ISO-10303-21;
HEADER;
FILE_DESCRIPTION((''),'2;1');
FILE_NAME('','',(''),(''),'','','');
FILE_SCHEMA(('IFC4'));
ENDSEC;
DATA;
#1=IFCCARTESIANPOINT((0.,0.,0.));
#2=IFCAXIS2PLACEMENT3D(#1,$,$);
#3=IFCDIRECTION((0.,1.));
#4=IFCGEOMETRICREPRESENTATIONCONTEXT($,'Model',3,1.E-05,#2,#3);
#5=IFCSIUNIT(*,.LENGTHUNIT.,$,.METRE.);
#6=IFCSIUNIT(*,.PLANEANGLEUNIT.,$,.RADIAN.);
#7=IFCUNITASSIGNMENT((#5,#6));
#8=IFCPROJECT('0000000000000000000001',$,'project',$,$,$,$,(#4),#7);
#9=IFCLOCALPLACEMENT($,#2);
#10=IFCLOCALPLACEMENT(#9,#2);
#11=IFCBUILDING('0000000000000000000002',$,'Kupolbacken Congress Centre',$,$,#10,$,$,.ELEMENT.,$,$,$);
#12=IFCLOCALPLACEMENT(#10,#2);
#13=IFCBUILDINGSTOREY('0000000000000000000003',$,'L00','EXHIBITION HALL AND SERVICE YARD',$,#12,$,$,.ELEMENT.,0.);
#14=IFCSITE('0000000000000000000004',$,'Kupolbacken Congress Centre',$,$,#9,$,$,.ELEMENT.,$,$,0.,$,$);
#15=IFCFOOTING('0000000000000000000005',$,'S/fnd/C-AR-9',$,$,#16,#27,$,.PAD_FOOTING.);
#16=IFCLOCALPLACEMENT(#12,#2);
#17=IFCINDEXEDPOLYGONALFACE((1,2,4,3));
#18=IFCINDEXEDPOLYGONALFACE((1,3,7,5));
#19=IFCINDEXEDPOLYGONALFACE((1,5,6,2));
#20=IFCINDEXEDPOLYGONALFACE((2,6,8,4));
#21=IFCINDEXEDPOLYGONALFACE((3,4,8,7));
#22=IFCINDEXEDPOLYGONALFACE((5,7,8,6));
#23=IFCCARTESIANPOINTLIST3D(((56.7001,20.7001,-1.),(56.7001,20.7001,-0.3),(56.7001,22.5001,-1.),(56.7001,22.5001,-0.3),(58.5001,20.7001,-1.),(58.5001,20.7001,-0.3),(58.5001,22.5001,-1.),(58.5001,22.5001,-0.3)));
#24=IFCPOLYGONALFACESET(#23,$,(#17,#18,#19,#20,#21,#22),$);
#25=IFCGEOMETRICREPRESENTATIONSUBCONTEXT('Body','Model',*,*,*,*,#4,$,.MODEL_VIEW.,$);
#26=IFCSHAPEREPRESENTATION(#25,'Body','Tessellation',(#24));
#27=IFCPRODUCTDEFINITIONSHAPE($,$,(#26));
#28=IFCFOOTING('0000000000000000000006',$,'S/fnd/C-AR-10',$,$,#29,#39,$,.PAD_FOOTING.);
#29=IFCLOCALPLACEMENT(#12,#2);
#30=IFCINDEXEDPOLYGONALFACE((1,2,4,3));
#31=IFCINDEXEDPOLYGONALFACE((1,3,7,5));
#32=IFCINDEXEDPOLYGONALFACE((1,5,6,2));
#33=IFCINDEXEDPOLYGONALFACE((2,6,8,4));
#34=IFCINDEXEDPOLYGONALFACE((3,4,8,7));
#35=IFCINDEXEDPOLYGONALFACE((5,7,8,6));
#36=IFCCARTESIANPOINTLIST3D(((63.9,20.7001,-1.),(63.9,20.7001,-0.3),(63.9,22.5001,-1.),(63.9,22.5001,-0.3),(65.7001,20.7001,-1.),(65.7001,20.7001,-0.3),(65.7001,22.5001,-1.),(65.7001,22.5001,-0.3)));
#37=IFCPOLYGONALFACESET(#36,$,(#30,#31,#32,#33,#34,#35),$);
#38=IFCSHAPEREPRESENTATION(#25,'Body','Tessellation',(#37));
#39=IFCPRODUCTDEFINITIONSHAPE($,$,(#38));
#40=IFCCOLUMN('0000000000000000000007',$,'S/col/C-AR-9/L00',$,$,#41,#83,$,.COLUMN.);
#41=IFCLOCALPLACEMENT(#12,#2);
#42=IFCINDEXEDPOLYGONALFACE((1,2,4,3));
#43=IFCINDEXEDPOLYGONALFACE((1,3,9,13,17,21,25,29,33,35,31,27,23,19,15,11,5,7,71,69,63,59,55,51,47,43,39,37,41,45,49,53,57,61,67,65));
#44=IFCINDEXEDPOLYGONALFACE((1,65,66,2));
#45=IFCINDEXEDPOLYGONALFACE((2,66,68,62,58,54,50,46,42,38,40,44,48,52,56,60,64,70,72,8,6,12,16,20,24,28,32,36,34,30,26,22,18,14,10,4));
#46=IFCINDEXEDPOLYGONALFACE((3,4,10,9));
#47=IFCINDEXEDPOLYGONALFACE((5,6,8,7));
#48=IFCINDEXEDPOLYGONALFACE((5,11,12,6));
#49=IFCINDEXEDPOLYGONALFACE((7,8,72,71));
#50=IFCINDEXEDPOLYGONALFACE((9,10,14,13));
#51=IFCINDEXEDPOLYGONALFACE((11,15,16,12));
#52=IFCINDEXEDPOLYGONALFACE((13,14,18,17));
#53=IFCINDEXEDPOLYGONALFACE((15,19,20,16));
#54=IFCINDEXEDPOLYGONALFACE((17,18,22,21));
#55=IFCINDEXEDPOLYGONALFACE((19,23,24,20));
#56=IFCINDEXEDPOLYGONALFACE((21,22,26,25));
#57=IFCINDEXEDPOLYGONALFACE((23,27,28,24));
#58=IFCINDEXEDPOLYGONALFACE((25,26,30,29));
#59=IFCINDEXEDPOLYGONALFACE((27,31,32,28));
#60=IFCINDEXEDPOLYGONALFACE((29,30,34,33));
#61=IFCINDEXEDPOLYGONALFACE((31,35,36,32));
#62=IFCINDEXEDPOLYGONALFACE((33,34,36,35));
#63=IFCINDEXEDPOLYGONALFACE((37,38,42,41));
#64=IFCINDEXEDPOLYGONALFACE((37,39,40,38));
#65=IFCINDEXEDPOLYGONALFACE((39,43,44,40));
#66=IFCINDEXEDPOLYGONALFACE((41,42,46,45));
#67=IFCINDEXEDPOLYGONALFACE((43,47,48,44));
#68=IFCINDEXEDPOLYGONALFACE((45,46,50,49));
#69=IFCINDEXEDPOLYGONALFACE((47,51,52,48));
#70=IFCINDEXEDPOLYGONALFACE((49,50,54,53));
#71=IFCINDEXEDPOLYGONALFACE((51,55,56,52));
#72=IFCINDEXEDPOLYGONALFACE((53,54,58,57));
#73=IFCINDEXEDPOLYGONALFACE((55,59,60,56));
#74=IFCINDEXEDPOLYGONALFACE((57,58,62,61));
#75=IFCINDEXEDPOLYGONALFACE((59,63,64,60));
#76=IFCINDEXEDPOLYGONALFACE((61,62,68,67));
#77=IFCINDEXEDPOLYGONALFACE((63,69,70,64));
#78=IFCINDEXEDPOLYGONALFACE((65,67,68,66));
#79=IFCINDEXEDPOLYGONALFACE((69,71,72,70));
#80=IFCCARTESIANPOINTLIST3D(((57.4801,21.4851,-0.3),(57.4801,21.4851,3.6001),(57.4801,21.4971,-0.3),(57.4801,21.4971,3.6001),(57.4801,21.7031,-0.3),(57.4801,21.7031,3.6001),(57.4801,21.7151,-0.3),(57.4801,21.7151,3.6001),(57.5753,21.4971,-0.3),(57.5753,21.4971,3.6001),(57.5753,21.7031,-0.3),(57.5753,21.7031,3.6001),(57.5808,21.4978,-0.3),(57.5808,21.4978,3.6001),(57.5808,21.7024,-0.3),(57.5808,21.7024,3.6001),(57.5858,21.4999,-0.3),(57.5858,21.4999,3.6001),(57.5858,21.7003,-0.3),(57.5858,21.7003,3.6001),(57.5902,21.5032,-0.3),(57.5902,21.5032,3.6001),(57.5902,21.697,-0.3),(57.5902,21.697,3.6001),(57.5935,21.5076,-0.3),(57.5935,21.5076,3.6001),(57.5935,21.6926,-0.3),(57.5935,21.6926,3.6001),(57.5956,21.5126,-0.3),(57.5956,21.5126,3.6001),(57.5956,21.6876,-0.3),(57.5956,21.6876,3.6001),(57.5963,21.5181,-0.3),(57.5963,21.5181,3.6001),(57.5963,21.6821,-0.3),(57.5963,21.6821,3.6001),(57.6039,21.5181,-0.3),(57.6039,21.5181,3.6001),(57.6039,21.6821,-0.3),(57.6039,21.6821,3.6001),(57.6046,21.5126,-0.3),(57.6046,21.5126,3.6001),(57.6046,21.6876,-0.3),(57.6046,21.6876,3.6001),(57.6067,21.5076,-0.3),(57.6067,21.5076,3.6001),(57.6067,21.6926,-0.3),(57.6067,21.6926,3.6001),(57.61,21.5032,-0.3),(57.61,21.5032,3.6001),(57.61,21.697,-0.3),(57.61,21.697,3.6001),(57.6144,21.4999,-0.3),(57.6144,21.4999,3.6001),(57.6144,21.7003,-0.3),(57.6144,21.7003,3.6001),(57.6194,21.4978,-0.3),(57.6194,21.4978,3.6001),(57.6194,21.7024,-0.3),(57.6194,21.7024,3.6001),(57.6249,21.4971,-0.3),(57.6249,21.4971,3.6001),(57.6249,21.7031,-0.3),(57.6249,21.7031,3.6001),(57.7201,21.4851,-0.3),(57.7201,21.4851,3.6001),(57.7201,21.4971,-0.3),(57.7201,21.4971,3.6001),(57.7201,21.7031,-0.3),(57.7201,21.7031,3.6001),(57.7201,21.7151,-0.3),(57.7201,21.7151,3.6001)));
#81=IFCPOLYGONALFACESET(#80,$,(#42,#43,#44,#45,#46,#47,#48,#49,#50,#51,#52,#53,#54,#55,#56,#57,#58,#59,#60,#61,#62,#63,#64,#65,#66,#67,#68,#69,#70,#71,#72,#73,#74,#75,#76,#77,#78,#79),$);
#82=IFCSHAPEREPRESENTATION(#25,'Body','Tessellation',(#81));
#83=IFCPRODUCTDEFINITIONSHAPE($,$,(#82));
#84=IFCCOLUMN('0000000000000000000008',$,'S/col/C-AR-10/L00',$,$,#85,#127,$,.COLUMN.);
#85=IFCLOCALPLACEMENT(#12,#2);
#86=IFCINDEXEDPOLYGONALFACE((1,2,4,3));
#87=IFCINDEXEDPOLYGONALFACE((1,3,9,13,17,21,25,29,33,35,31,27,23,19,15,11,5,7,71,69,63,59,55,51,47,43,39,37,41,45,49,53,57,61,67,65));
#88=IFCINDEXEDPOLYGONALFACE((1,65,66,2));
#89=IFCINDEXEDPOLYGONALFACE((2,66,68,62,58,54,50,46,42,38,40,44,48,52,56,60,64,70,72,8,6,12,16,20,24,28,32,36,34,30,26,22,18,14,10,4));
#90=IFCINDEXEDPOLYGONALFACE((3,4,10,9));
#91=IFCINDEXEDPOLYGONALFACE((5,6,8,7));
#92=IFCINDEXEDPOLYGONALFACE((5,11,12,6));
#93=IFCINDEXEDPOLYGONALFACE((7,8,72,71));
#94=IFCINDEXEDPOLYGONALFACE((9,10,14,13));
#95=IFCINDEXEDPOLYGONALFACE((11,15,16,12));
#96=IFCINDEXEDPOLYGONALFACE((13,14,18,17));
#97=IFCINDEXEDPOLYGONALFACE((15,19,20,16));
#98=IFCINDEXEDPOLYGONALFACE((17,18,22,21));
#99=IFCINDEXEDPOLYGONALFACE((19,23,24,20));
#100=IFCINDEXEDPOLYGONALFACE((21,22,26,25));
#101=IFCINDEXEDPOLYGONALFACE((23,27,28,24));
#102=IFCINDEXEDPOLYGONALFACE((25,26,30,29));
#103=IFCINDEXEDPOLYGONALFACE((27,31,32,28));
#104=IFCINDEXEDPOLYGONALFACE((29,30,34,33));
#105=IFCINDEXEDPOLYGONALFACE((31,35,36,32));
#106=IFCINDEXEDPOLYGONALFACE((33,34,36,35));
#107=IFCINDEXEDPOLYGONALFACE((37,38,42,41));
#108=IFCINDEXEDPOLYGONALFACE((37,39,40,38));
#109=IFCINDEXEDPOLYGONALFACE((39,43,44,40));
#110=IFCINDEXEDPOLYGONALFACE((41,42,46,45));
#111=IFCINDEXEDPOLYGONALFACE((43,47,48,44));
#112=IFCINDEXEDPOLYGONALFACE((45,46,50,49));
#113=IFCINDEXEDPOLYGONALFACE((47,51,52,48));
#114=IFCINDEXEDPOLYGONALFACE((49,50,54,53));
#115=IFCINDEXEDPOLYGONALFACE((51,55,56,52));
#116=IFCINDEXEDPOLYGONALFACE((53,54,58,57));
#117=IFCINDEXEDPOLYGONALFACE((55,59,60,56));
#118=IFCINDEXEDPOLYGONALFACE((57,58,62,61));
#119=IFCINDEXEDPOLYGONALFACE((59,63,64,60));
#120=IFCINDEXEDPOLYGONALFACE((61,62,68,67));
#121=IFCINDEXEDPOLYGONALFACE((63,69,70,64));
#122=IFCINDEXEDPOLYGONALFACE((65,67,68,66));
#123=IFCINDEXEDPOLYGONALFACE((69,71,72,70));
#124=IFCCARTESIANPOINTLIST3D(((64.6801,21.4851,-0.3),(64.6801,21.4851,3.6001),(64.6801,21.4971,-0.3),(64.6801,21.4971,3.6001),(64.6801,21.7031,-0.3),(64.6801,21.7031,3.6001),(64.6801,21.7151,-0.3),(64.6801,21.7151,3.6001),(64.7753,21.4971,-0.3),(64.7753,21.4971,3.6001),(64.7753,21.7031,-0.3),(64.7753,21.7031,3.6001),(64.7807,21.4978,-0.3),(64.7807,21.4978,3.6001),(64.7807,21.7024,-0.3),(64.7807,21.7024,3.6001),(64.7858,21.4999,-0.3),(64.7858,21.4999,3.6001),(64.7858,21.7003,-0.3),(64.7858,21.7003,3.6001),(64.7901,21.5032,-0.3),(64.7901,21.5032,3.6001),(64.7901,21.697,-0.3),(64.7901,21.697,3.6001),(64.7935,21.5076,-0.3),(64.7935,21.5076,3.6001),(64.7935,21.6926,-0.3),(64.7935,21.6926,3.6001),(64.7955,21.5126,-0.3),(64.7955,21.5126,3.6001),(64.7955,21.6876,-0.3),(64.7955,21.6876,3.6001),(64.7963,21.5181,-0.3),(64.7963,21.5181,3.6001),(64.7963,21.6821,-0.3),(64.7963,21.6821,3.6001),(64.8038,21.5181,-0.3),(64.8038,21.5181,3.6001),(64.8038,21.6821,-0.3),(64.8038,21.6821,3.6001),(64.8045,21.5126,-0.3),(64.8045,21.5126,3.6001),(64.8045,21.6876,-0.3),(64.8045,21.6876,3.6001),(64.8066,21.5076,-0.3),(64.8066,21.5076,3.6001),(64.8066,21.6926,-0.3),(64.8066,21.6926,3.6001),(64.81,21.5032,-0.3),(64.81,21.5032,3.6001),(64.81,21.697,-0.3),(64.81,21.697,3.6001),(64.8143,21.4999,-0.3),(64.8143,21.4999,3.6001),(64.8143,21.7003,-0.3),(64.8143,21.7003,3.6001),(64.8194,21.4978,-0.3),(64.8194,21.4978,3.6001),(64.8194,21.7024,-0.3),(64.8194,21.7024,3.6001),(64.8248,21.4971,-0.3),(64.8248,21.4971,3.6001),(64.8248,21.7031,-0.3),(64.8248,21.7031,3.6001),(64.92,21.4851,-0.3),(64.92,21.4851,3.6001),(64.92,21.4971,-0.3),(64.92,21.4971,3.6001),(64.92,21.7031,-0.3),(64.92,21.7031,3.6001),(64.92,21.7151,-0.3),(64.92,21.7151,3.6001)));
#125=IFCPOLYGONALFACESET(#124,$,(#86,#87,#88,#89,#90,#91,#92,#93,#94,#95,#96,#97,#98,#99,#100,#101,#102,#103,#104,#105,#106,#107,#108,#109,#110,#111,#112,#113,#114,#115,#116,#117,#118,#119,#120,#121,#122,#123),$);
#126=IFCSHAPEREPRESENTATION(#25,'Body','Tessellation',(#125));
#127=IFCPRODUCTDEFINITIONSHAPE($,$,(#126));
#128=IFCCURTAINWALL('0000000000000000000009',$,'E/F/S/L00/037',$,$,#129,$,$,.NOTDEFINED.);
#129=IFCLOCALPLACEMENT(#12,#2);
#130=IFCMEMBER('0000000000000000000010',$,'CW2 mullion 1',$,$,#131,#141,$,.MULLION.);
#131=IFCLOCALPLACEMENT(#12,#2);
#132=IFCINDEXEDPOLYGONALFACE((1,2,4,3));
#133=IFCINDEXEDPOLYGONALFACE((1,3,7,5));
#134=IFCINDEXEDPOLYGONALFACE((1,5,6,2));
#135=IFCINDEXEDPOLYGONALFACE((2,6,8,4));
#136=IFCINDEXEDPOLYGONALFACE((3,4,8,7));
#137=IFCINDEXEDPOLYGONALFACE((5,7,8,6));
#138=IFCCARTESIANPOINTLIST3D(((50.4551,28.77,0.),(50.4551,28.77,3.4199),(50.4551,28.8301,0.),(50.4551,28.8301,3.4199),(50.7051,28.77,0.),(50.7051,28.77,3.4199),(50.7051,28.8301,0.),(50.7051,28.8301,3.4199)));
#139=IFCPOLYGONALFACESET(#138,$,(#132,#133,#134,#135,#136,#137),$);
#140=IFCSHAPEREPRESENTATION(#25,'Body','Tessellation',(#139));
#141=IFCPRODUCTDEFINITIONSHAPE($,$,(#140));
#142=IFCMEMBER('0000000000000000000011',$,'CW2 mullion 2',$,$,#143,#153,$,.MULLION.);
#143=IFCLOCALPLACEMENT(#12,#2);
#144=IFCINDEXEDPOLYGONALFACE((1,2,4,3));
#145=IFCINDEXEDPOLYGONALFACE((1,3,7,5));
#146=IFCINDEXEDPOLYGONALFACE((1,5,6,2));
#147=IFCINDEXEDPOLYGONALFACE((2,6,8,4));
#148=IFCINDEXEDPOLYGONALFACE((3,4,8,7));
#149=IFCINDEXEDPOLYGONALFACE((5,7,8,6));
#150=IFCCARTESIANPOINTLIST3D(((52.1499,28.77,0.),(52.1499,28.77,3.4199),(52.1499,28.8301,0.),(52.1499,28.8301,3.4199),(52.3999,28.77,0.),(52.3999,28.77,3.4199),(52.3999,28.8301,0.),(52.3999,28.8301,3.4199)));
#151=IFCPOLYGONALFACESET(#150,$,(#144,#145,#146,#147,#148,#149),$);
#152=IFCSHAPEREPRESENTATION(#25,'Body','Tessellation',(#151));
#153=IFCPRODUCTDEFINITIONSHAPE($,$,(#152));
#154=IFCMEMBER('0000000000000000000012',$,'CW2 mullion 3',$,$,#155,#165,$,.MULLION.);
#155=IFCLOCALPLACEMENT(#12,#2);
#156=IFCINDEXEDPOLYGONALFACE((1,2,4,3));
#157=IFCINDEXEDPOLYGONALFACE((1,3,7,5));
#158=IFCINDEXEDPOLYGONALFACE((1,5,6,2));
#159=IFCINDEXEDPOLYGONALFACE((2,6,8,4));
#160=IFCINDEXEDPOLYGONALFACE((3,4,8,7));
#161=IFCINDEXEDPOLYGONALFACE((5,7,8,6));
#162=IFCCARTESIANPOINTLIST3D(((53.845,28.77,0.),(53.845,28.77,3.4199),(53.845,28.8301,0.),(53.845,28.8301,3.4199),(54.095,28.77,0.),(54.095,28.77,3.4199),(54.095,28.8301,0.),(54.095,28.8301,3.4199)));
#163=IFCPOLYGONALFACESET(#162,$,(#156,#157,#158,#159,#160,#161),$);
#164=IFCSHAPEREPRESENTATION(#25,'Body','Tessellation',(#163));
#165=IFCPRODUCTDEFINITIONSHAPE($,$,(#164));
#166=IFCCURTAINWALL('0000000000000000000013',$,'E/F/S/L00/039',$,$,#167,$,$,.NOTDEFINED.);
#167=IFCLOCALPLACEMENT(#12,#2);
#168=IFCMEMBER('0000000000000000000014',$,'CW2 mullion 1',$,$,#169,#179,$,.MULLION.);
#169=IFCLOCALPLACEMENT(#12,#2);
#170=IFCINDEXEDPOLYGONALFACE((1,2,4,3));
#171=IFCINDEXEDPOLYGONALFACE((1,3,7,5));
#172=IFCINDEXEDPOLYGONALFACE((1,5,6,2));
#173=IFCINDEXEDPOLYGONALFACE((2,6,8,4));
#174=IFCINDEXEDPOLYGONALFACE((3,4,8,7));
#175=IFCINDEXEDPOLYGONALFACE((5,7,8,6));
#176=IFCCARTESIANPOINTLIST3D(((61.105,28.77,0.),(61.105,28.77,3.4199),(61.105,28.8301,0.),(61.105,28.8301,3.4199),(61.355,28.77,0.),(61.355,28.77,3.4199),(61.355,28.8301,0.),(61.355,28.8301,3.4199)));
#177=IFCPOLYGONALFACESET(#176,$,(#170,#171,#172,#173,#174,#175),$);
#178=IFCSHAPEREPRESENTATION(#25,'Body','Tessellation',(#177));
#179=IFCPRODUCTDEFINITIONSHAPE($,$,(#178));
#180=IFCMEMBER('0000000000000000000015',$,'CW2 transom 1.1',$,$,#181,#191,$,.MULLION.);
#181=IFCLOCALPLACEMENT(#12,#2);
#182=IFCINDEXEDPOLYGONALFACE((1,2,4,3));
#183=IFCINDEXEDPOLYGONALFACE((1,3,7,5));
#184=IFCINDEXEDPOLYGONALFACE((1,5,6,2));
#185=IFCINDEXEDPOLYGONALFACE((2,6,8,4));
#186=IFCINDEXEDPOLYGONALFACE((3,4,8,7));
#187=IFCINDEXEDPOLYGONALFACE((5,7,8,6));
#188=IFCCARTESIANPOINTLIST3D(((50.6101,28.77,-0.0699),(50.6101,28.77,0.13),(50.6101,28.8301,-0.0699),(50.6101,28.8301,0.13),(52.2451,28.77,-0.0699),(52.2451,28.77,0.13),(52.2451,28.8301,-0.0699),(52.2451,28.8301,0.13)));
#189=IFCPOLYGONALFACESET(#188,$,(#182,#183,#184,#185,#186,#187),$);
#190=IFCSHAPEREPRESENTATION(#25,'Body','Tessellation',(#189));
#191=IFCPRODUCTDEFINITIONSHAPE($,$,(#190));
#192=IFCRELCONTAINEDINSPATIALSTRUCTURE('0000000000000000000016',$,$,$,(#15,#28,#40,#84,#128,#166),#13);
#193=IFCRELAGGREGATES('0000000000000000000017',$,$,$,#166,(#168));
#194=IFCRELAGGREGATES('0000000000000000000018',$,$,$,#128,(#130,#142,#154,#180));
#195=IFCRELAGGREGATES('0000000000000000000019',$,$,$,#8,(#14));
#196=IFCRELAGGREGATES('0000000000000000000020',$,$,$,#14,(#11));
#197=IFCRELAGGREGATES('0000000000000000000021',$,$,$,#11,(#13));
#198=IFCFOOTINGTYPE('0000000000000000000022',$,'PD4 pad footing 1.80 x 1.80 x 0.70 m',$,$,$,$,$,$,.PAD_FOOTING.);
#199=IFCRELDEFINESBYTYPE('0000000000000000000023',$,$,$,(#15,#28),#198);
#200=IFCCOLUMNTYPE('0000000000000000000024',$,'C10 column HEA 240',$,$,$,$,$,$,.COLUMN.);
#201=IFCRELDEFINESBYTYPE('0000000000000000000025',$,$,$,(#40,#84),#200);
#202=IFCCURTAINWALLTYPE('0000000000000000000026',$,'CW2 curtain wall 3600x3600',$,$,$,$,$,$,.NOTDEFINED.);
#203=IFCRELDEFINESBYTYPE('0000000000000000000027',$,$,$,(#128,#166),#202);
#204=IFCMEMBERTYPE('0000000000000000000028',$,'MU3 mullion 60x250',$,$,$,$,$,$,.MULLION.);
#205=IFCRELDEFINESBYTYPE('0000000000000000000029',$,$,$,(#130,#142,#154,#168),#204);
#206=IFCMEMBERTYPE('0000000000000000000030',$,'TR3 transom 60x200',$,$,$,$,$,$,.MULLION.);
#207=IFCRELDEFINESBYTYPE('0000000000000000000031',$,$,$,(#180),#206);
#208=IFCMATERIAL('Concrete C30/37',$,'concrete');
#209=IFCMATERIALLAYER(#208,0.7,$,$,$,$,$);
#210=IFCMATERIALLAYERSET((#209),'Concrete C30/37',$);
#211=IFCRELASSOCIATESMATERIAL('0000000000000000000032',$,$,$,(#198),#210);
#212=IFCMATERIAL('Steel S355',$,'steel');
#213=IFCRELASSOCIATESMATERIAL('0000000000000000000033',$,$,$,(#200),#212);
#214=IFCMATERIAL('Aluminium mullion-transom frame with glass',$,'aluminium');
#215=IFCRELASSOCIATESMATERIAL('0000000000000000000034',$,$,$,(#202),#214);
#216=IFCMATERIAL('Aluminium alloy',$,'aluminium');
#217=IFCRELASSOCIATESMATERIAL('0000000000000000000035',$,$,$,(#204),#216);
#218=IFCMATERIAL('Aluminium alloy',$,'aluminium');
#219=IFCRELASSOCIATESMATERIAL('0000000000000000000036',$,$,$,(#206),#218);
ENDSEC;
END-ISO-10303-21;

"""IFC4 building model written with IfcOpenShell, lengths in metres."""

from ifc_helpers import new_model, si_unit, direction, frame, origin, origin_2d, place, context, subcontext, project, spatial, rectangle, i_section, extrude, material, layer, layer_set, material_profile, profile_set, type_object, element, aggregate, save


model = new_model("IFC4")

# Units and contexts
model_context = context("Model", 3, precision=1e-05, world=origin(), true_north=direction((0.0, 1.0)))
body_context = subcontext(model_context, "Body", "Model", "MODEL_VIEW")
ifc_project = project(units=[si_unit("LENGTHUNIT", "METRE"), si_unit("PLANEANGLEUNIT", "RADIAN")], contexts=[model_context])

# Site, building, storey
site_placement = place(None, origin())
site = spatial("IfcSite", under=ifc_project, at=site_placement, Name="Kupolbacken Congress Centre", CompositionType="ELEMENT", RefElevation=0.0)
building_placement = place(site_placement, origin())
building = spatial("IfcBuilding", under=site, at=building_placement, Name="Kupolbacken Congress Centre", CompositionType="ELEMENT")
storey_placement = place(building_placement, origin())
storey = spatial("IfcBuildingStorey", under=building, at=storey_placement, Name="L00", Description="EXHIBITION HALL AND SERVICE YARD", CompositionType="ELEMENT", Elevation=0.0)

# Footings
ifc_material_1 = material(Name="Concrete C30/37", Category="concrete")
ifc_layer_1 = layer(ifc_material_1, 0.7)
ifc_layer_set_1 = layer_set([ifc_layer_1], Name="Concrete C30/37")
footing_type = type_object("IfcFootingType", Name="PD4 pad footing 1.80 x 1.80 x 0.70 m", PredefinedType="PAD_FOOTING", material=ifc_layer_set_1)
for number, where, z_axis, x_axis, name in (
    (1, (57.6001, 21.6001, -1.0), (0.0, 0.0, 1.0), (1.0, 0.0, 0.0), "S/fnd/C-AR-9"),
    (2, (64.8, 21.6001, -1.0), (0.0, 0.0, 1.0), (1.0, 0.0, 0.0), "S/fnd/C-AR-10"),
):
    element("IfcFooting", number, at=place(storey_placement, frame(where, z_axis=z_axis, x_axis=x_axis)), inside=storey, type_object=footing_type, Name=name, PredefinedType="PAD_FOOTING", context=body_context, shape_type="SweptSolid", body=[
        extrude(rectangle(XDim=1.8, YDim=1.8, at=origin_2d()), origin(), (0.0, 0.0, 1.0), 0.7),
    ])

# Columns
ifc_material_2 = material(Name="Steel S355", Category="steel")
ifc_material_profile_1 = material_profile(ifc_material_2, i_section(OverallWidth=0.24, OverallDepth=0.23, WebThickness=0.0076, FlangeThickness=0.012, FilletRadius=0.021, at=origin_2d()), Name="HEA 240")
ifc_profile_set_1 = profile_set([ifc_material_profile_1], Name="Steel S355")
column_type = type_object("IfcColumnType", Name="C10 column HEA 240", PredefinedType="COLUMN", material=ifc_profile_set_1)
for number, where, z_axis, x_axis, name in (
    (3, (57.6001, 21.6001, -0.3), (0.0, 0.0, 1.0), (1.0, 0.0, 0.0), "S/col/C-AR-9/L00"),
    (4, (64.8, 21.6001, -0.3), (0.0, 0.0, 1.0), (1.0, 0.0, 0.0), "S/col/C-AR-10/L00"),
):
    element("IfcColumn", number, at=place(storey_placement, frame(where, z_axis=z_axis, x_axis=x_axis)), inside=storey, type_object=column_type, Name=name, PredefinedType="COLUMN", context=body_context, shape_type="SweptSolid", body=[
        extrude(i_section(OverallWidth=0.24, OverallDepth=0.23, WebThickness=0.0076, FlangeThickness=0.012, FilletRadius=0.021, at=origin_2d()), origin(), (0.0, 0.0, 1.0), 3.9001),
    ])

# Curtain wall, members
ifc_material_3 = material(Name="Aluminium mullion-transom frame with glass", Category="aluminium")
curtain_wall_type = type_object("IfcCurtainWallType", Name="CW2 curtain wall 3600x3600", PredefinedType="NOTDEFINED", material=ifc_material_3)
curtain_wall_1_placement = place(storey_placement, origin())
curtain_wall_1 = element("IfcCurtainWall", 5, at=curtain_wall_1_placement, inside=storey, type_object=curtain_wall_type, Name="E/F/S/L00/037", PredefinedType="NOTDEFINED")
ifc_material_4 = material(Name="Aluminium alloy", Category="aluminium")
ifc_material_profile_2 = material_profile(ifc_material_4, rectangle(XDim=0.0601, YDim=0.25, at=origin_2d()), Name="60 x 250")
ifc_profile_set_2 = profile_set([ifc_material_profile_2], Name="Aluminium alloy")
member_type_1 = type_object("IfcMemberType", Name="MU3 mullion 60x250", PredefinedType="MULLION", material=ifc_profile_set_2)
member_1_placement = place(storey_placement, frame((50.5801, 28.8, 0.0), z_axis=(0.0, 0.0, 1.0), x_axis=(0.0, 1.0, 0.0)))
member_1 = element("IfcMember", 6, at=member_1_placement, type_object=member_type_1, Name="CW2 mullion 1", PredefinedType="MULLION", context=body_context, shape_type="SweptSolid", body=[
    extrude(rectangle(XDim=0.0601, YDim=0.25, at=origin_2d()), origin(), (0.0, 0.0, 1.0), 3.4199),
])
member_2_placement = place(storey_placement, frame((52.2749, 28.8, 0.0), z_axis=(0.0, 0.0, 1.0), x_axis=(0.0, 1.0, 0.0)))
member_2 = element("IfcMember", 7, at=member_2_placement, type_object=member_type_1, Name="CW2 mullion 2", PredefinedType="MULLION", context=body_context, shape_type="SweptSolid", body=[
    extrude(rectangle(XDim=0.0601, YDim=0.25, at=origin_2d()), origin(), (0.0, 0.0, 1.0), 3.4199),
])
member_3_placement = place(storey_placement, frame((53.97, 28.8, 0.0), z_axis=(0.0, 0.0, 1.0), x_axis=(0.0, 1.0, 0.0)))
member_3 = element("IfcMember", 8, at=member_3_placement, type_object=member_type_1, Name="CW2 mullion 3", PredefinedType="MULLION", context=body_context, shape_type="SweptSolid", body=[
    extrude(rectangle(XDim=0.0601, YDim=0.25, at=origin_2d()), origin(), (0.0, 0.0, 1.0), 3.4199),
])

# Curtain wall, member
curtain_wall_2_placement = place(storey_placement, origin())
curtain_wall_2 = element("IfcCurtainWall", 9, at=curtain_wall_2_placement, inside=storey, type_object=curtain_wall_type, Name="E/F/S/L00/039", PredefinedType="NOTDEFINED")
member_4_placement = place(storey_placement, frame((61.23, 28.8, 0.0), z_axis=(0.0, 0.0, 1.0), x_axis=(0.0, 1.0, 0.0)))
member_4 = element("IfcMember", 10, at=member_4_placement, type_object=member_type_1, Name="CW2 mullion 1", PredefinedType="MULLION", context=body_context, shape_type="SweptSolid", body=[
    extrude(rectangle(XDim=0.0601, YDim=0.25, at=origin_2d()), origin(), (0.0, 0.0, 1.0), 3.4199),
])

# Member
ifc_material_5 = material(Name="Aluminium alloy", Category="aluminium")
ifc_material_profile_3 = material_profile(ifc_material_5, rectangle(XDim=0.0601, YDim=0.2, at=origin_2d()), Name="60 x 200")
ifc_profile_set_3 = profile_set([ifc_material_profile_3], Name="Aluminium alloy")
member_type_2 = type_object("IfcMemberType", Name="TR3 transom 60x200", PredefinedType="MULLION", material=ifc_profile_set_3)
member_5_placement = place(storey_placement, frame((50.6101, 28.8, 0.03), z_axis=(1.0, 0.0, 0.0), x_axis=(0.0, 1.0, 0.0)))
member_5 = element("IfcMember", 11, at=member_5_placement, type_object=member_type_2, Name="CW2 transom 1.1", PredefinedType="MULLION", context=body_context, shape_type="SweptSolid", body=[
    extrude(rectangle(XDim=0.0601, YDim=0.2, at=origin_2d()), origin(), (0.0, 0.0, 1.0), 1.635),
])
aggregate(curtain_wall_2, [member_4])

aggregate(curtain_wall_1, [member_1, member_2, member_3, member_5])

save(model, "model.ifc")
